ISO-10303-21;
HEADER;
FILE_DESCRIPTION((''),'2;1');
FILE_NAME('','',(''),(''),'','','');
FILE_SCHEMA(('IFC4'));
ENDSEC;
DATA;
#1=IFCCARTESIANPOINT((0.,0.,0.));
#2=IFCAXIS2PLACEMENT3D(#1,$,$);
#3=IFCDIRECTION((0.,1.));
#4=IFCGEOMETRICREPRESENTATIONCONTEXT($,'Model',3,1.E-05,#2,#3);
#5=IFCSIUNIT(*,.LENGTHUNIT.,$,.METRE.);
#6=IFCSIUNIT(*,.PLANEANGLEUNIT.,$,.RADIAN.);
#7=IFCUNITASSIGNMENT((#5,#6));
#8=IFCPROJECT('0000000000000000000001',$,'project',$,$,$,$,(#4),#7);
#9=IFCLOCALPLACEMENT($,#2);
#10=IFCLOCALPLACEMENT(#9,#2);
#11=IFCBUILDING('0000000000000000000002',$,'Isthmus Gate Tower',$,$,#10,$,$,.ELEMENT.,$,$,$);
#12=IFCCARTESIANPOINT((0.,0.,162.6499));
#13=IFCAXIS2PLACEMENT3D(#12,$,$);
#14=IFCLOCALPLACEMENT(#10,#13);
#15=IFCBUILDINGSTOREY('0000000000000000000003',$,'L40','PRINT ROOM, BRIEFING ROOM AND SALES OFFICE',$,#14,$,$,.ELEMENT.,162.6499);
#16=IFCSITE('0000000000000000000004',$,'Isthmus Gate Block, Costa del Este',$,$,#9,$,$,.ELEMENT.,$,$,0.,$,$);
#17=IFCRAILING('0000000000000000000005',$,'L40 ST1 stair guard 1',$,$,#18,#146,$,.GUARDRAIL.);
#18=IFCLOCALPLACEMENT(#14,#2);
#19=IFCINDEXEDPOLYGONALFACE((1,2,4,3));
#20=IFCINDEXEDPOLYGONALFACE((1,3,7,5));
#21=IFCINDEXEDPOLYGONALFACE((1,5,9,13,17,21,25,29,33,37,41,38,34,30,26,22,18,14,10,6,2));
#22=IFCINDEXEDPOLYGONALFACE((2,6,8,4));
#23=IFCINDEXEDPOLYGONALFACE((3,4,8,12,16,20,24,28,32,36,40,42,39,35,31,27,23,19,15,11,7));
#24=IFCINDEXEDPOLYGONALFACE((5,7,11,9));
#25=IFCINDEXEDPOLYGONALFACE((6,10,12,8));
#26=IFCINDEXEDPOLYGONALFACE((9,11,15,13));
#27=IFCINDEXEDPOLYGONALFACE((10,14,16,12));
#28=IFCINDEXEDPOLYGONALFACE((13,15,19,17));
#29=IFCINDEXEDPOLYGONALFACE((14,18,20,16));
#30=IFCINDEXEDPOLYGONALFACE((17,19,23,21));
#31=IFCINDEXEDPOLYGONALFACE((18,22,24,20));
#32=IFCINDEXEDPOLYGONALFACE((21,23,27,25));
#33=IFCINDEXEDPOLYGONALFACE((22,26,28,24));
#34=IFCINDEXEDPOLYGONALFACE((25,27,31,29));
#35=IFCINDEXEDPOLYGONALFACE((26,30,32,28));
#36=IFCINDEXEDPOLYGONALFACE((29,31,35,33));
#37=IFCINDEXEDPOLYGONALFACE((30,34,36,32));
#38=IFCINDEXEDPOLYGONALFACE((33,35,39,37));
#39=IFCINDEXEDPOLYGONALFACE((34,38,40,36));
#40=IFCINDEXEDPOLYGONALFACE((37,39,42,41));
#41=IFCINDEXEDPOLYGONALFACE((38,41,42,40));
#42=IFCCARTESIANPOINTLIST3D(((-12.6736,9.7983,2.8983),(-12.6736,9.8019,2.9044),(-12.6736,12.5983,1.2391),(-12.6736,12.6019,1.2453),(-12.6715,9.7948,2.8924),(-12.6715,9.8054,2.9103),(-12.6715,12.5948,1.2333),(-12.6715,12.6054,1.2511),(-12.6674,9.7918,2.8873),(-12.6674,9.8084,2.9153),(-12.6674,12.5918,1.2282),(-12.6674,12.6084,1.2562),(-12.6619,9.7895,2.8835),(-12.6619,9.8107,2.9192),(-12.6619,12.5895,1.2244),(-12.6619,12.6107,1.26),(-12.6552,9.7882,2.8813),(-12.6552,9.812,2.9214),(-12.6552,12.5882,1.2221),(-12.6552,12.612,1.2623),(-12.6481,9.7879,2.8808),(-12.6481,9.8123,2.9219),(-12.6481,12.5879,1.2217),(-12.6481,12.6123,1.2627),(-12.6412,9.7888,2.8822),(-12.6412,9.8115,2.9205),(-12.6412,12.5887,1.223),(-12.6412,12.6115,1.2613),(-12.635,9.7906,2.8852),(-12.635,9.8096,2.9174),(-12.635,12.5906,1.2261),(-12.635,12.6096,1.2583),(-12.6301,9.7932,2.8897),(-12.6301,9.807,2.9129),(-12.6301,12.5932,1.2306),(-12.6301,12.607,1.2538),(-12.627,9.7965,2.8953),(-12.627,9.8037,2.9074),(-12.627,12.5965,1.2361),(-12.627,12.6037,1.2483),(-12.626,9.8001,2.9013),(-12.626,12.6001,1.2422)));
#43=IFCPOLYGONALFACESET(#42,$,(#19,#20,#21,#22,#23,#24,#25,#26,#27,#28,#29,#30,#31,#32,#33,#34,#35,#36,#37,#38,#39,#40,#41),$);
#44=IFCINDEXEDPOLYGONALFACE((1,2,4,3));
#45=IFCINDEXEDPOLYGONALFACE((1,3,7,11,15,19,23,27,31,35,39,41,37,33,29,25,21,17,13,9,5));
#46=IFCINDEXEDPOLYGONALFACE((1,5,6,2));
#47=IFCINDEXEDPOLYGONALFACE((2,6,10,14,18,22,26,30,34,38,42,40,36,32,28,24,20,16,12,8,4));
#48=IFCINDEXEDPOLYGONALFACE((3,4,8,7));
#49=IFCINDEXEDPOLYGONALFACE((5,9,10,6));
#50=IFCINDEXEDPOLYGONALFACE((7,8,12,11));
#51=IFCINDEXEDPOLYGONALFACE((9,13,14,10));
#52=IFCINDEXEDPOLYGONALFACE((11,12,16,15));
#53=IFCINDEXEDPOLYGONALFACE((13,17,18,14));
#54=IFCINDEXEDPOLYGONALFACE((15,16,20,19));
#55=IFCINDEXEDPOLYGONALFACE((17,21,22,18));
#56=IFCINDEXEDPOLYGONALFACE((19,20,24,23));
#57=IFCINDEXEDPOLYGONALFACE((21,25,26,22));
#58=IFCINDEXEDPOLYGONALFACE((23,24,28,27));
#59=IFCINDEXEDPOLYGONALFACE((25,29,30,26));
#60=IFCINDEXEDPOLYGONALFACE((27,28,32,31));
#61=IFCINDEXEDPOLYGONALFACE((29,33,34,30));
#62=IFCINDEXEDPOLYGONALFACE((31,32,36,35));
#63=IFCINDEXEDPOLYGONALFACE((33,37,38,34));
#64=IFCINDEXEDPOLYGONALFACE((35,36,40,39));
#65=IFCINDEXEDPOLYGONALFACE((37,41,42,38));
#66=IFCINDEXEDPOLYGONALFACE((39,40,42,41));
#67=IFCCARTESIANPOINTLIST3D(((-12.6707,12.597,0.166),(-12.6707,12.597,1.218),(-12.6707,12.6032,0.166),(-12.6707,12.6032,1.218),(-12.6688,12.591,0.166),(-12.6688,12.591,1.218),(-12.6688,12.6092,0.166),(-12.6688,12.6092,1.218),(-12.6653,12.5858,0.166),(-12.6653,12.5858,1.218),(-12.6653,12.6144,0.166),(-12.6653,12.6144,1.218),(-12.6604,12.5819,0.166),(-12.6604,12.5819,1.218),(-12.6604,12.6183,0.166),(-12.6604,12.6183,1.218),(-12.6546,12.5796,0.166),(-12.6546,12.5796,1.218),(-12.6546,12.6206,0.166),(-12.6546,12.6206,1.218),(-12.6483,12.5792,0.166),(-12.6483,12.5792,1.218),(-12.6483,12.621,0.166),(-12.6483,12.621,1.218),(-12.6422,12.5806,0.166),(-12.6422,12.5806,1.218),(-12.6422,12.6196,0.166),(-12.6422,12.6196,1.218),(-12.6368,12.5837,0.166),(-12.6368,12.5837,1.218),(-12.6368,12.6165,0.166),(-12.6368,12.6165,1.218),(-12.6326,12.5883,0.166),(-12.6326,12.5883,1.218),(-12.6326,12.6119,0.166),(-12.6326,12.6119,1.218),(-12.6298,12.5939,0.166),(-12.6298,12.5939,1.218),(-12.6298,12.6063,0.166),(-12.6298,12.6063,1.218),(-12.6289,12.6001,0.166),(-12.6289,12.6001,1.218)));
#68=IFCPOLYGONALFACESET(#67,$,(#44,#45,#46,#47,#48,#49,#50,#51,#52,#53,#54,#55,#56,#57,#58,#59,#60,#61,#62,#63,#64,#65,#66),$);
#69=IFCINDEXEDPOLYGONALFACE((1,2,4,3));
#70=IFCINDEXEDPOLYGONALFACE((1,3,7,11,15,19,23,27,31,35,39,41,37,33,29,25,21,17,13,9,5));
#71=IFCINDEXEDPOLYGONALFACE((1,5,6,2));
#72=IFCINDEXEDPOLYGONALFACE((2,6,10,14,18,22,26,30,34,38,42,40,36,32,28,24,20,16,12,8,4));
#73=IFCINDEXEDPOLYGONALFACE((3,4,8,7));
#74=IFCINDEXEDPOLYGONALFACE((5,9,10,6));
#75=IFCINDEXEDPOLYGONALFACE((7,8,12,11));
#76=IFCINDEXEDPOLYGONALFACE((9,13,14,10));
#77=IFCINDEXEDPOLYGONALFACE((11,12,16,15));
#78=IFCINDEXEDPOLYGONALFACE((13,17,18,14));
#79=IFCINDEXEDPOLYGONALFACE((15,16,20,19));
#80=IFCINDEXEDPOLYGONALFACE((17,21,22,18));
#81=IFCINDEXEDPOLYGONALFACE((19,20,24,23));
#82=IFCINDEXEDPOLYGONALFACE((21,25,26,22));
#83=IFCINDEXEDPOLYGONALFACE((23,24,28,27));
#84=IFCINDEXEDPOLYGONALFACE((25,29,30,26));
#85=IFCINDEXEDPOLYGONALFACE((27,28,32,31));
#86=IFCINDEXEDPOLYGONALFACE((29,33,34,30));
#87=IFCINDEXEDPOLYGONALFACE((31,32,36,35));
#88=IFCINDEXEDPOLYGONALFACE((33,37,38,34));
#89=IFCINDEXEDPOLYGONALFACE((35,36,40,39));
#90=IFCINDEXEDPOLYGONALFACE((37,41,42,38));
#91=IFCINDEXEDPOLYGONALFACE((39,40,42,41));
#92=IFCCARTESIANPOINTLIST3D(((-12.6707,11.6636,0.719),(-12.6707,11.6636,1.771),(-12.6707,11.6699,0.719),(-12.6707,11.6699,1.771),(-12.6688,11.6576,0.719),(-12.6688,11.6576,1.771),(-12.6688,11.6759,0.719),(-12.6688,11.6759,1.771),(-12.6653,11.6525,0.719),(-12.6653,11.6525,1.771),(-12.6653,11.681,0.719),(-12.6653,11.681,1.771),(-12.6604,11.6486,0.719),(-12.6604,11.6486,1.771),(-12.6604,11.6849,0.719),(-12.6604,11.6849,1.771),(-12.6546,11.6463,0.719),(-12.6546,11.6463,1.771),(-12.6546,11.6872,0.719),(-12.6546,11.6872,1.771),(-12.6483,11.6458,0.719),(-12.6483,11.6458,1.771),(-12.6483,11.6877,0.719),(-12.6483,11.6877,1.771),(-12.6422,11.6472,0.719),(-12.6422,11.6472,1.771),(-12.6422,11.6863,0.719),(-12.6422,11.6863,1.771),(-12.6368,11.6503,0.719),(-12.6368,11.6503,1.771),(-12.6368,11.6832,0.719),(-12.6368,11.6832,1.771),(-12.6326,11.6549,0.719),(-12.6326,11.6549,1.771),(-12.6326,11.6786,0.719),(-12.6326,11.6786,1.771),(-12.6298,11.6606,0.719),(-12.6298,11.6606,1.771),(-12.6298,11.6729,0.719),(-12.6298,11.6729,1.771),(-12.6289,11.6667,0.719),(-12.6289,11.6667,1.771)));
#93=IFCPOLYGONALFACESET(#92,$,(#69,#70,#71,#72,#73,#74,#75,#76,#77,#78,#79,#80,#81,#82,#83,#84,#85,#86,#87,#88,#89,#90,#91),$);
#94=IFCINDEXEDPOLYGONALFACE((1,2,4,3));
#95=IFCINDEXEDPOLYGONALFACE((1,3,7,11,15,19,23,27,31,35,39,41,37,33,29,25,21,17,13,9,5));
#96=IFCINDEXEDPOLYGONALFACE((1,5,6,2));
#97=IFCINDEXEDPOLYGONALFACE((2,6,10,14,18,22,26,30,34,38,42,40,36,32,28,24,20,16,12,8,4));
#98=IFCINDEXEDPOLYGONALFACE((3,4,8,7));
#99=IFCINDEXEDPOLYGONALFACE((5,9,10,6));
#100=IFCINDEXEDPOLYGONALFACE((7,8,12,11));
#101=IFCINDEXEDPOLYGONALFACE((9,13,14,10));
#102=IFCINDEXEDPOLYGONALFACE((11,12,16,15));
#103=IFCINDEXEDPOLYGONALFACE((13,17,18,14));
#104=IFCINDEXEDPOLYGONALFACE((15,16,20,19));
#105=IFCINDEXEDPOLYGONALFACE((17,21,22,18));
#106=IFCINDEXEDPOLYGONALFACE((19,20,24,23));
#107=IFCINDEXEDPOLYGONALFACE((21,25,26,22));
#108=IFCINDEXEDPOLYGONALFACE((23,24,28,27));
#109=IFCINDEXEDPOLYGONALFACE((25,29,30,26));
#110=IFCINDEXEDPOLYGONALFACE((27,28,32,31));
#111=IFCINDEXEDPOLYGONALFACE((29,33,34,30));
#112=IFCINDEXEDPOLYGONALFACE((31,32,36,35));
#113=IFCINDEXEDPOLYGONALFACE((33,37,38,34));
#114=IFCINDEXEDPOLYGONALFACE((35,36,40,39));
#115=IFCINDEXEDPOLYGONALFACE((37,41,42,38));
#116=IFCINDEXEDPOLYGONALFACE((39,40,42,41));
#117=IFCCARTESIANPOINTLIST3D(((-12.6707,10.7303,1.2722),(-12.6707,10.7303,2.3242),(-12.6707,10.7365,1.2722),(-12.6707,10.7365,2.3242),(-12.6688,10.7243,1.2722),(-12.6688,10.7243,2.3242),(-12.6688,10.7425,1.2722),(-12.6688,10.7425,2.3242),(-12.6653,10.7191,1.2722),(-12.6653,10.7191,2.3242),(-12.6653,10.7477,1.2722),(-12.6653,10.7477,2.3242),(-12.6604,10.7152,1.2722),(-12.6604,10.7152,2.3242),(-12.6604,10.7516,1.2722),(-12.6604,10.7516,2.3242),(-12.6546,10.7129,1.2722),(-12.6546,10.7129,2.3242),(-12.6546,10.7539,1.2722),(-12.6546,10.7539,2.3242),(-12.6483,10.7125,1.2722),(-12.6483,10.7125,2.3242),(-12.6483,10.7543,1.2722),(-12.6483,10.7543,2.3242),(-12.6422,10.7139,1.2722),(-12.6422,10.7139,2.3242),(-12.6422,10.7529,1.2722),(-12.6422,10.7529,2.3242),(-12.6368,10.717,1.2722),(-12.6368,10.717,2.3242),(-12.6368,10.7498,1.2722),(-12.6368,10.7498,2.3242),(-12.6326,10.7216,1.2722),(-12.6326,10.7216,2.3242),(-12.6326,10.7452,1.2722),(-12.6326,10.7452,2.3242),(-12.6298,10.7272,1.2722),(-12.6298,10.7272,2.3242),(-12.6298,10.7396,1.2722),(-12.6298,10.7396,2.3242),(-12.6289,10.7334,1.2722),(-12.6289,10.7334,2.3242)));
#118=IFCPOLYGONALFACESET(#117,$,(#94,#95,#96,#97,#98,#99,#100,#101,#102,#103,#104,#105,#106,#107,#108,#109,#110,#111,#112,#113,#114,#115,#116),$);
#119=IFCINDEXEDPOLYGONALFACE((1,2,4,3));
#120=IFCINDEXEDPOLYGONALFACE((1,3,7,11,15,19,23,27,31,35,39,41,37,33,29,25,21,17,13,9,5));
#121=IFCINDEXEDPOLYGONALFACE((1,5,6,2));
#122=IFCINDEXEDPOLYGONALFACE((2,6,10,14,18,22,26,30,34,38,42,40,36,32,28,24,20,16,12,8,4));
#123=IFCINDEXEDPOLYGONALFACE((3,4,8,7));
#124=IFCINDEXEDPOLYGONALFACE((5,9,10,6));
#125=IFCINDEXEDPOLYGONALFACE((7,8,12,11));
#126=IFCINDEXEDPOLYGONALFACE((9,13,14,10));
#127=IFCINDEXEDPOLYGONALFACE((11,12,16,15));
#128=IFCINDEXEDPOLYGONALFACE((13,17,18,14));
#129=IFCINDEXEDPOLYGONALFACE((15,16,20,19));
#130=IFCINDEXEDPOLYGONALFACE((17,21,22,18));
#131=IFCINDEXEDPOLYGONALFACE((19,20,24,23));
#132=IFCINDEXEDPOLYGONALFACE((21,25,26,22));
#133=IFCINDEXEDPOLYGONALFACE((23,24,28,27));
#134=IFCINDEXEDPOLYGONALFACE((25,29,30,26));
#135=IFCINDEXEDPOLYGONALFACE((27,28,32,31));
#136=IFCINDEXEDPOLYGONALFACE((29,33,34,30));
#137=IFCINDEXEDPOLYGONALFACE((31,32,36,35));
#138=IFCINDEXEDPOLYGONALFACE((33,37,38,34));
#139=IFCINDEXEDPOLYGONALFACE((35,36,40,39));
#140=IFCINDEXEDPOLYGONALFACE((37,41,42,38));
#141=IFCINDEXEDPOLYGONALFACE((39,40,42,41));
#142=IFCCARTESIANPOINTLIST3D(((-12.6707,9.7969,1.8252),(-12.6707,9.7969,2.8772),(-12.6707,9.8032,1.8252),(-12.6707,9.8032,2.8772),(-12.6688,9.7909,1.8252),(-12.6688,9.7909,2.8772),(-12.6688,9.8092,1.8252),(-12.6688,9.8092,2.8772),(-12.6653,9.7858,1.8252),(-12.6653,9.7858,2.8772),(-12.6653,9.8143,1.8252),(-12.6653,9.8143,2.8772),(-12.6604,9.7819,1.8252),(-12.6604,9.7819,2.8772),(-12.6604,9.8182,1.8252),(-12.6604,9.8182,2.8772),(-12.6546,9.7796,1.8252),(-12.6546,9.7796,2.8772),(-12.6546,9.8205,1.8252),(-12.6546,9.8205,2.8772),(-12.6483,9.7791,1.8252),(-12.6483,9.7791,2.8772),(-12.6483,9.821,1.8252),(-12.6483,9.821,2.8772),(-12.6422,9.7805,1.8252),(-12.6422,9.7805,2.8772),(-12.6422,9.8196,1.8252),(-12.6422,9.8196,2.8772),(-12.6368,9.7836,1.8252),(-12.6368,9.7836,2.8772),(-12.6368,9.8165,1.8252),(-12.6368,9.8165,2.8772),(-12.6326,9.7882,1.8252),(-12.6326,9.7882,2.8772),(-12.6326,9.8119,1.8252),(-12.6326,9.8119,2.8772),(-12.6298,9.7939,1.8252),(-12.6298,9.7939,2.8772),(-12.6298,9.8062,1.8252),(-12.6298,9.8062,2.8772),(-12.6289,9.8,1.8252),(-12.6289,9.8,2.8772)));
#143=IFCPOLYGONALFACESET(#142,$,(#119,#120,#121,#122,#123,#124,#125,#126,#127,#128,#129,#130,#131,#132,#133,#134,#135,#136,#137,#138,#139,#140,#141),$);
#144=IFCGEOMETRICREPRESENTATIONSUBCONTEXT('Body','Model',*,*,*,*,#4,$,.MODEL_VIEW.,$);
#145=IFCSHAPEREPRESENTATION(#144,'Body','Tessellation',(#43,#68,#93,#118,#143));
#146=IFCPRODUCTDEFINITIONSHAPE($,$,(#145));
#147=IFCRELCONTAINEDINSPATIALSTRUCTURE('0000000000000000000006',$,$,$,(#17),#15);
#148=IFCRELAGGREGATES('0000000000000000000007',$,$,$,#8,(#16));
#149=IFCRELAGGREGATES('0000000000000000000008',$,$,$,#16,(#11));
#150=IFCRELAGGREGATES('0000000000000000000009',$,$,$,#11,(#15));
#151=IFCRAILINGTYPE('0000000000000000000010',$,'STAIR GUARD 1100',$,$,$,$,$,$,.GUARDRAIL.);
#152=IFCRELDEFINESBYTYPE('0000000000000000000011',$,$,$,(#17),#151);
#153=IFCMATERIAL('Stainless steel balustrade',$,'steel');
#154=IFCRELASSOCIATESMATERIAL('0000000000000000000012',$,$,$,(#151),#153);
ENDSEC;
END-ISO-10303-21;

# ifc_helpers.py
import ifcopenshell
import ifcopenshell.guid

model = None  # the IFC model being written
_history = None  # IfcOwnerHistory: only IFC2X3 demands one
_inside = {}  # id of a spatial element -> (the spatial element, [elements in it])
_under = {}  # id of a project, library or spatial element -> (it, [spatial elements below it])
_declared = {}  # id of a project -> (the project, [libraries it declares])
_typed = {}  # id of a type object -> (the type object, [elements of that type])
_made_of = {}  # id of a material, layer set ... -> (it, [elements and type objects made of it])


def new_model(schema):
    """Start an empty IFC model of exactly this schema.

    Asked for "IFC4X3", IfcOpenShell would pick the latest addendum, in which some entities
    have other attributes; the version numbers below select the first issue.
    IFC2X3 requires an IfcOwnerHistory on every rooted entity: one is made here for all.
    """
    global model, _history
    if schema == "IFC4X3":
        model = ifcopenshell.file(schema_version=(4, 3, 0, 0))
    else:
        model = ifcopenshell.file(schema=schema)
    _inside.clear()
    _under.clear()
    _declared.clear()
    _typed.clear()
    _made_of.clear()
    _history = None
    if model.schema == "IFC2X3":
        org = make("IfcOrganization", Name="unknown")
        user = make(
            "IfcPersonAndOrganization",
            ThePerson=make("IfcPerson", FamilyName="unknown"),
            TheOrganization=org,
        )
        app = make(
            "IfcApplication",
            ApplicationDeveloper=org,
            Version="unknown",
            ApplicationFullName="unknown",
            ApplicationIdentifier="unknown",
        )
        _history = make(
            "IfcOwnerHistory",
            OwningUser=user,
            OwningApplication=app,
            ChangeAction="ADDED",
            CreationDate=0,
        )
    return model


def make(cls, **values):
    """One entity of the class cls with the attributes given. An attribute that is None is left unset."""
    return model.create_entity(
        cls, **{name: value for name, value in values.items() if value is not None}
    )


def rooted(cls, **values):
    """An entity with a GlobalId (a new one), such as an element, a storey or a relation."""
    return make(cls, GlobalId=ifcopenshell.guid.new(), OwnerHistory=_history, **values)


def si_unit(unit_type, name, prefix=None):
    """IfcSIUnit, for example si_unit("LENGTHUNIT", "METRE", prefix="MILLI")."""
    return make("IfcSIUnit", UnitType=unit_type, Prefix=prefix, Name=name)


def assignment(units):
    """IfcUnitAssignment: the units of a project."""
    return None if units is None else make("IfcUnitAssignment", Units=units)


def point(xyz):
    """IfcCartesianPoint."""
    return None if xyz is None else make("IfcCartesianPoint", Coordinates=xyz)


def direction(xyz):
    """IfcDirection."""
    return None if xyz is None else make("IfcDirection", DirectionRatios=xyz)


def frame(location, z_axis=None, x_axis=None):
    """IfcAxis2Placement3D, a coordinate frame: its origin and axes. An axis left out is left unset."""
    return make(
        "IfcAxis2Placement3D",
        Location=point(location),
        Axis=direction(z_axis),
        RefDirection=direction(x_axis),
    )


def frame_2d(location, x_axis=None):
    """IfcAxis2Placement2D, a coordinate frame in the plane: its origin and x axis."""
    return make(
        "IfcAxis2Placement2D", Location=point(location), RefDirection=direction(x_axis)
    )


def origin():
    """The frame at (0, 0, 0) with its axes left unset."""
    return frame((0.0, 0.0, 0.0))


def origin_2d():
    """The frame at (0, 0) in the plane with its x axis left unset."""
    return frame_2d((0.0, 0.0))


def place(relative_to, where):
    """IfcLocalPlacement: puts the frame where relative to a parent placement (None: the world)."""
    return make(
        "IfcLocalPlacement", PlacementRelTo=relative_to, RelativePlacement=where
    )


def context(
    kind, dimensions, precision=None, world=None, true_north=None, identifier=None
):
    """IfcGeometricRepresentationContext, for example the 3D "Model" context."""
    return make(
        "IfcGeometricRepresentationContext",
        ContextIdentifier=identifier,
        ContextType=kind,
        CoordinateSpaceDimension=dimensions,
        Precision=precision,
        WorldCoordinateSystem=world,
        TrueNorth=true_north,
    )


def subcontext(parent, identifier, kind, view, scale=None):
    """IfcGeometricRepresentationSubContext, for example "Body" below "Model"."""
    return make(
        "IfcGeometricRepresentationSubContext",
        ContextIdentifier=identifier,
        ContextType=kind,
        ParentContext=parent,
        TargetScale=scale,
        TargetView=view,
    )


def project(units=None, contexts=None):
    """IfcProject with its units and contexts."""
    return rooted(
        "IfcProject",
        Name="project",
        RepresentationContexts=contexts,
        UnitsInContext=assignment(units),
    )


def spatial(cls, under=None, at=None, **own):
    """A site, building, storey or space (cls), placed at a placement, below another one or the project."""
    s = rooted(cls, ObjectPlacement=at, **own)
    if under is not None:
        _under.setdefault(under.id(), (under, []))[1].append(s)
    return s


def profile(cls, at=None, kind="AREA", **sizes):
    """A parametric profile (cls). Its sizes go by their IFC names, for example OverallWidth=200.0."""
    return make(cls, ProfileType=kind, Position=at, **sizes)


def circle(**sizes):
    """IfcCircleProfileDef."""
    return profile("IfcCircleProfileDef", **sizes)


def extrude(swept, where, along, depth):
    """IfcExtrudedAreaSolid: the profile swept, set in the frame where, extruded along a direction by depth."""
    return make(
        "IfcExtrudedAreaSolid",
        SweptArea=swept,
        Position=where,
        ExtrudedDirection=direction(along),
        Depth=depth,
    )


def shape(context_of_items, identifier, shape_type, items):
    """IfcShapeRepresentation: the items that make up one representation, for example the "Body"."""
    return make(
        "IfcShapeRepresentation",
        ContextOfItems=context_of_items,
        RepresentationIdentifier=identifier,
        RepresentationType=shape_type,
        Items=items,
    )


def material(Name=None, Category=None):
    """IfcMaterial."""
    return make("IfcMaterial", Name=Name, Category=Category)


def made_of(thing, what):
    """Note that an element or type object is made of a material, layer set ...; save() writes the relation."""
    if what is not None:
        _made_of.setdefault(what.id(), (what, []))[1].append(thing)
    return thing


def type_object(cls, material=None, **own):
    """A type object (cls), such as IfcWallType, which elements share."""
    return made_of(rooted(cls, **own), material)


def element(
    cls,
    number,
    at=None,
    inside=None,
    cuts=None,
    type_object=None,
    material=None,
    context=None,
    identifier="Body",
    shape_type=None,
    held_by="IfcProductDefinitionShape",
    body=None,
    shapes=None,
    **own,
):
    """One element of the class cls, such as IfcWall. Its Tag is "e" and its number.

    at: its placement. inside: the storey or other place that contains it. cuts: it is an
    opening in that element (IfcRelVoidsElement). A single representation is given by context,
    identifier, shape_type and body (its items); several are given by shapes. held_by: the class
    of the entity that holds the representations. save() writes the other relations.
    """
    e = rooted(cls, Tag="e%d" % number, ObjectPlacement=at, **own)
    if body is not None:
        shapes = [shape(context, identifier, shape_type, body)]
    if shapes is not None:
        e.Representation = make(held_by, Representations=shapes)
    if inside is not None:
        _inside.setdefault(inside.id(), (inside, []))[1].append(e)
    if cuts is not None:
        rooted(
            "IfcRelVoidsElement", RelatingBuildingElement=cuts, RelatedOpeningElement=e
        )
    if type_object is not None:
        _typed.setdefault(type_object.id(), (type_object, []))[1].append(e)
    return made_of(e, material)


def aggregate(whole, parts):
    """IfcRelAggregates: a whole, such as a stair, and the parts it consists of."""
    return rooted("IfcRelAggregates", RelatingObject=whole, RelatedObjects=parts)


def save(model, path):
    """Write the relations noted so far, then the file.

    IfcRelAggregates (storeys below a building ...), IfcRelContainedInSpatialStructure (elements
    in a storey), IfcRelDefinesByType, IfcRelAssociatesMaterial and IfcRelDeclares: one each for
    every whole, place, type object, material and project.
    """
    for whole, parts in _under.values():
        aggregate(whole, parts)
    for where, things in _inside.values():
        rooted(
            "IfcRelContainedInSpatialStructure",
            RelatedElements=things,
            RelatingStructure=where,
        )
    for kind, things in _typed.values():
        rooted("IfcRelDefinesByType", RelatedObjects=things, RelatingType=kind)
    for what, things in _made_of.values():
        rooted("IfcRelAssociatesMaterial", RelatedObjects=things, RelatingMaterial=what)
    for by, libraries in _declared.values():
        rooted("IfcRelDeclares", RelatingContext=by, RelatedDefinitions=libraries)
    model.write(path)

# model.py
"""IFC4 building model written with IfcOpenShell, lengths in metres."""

from ifc_helpers import new_model, si_unit, direction, frame, origin, origin_2d, place, context, subcontext, project, spatial, circle, extrude, material, type_object, element, save


model = new_model("IFC4")

# Units and contexts
model_context = context("Model", 3, precision=1e-05, world=origin(), true_north=direction((0.0, 1.0)))
body_context = subcontext(model_context, "Body", "Model", "MODEL_VIEW")
ifc_project = project(units=[si_unit("LENGTHUNIT", "METRE"), si_unit("PLANEANGLEUNIT", "RADIAN")], contexts=[model_context])

# Site, building, storey
site_placement = place(None, origin())
site = spatial("IfcSite", under=ifc_project, at=site_placement, Name="Isthmus Gate Block, Costa del Este", CompositionType="ELEMENT", RefElevation=0.0)
building_placement = place(site_placement, origin())
building = spatial("IfcBuilding", under=site, at=building_placement, Name="Isthmus Gate Tower", CompositionType="ELEMENT")
storey_placement = place(building_placement, frame((0.0, 0.0, 162.6499)))
storey = spatial("IfcBuildingStorey", under=building, at=storey_placement, Name="L40", Description="PRINT ROOM, BRIEFING ROOM AND SALES OFFICE", CompositionType="ELEMENT", Elevation=162.6499)

# Railing
ifc_material_1 = material(Name="Stainless steel balustrade", Category="steel")
railing_type_1 = type_object("IfcRailingType", Name="STAIR GUARD 1100", PredefinedType="GUARDRAIL", material=ifc_material_1)
railing_1_placement = place(storey_placement, frame((-12.6499, 12.6001, 0.166)))
element("IfcRailing", 1, at=railing_1_placement, inside=storey, type_object=railing_type_1, Name="L40 ST1 stair guard 1", PredefinedType="GUARDRAIL", context=body_context, shape_type="SweptSolid", body=[
    extrude(circle(Radius=0.0239, at=origin_2d()), frame((0.0, 0.0, 1.0762), z_axis=(0.0, -0.860306, 0.509778), x_axis=(1.0, 0.0, 0.0)), (0.0, 0.0, 1.0), 3.2546),
    extrude(circle(Radius=0.021, at=origin_2d()), origin(), (0.0, 0.0, 1.0), 1.052),
    extrude(circle(Radius=0.021, at=origin_2d()), frame((0.0, -0.9333, 0.553)), (0.0, 0.0, 1.0), 1.052),
    extrude(circle(Radius=0.021, at=origin_2d()), frame((0.0, -1.8667, 1.1062)), (0.0, 0.0, 1.0), 1.052),
    extrude(circle(Radius=0.021, at=origin_2d()), frame((0.0, -2.8, 1.6592)), (0.0, 0.0, 1.0), 1.052),
])

save(model, "model.ifc")
